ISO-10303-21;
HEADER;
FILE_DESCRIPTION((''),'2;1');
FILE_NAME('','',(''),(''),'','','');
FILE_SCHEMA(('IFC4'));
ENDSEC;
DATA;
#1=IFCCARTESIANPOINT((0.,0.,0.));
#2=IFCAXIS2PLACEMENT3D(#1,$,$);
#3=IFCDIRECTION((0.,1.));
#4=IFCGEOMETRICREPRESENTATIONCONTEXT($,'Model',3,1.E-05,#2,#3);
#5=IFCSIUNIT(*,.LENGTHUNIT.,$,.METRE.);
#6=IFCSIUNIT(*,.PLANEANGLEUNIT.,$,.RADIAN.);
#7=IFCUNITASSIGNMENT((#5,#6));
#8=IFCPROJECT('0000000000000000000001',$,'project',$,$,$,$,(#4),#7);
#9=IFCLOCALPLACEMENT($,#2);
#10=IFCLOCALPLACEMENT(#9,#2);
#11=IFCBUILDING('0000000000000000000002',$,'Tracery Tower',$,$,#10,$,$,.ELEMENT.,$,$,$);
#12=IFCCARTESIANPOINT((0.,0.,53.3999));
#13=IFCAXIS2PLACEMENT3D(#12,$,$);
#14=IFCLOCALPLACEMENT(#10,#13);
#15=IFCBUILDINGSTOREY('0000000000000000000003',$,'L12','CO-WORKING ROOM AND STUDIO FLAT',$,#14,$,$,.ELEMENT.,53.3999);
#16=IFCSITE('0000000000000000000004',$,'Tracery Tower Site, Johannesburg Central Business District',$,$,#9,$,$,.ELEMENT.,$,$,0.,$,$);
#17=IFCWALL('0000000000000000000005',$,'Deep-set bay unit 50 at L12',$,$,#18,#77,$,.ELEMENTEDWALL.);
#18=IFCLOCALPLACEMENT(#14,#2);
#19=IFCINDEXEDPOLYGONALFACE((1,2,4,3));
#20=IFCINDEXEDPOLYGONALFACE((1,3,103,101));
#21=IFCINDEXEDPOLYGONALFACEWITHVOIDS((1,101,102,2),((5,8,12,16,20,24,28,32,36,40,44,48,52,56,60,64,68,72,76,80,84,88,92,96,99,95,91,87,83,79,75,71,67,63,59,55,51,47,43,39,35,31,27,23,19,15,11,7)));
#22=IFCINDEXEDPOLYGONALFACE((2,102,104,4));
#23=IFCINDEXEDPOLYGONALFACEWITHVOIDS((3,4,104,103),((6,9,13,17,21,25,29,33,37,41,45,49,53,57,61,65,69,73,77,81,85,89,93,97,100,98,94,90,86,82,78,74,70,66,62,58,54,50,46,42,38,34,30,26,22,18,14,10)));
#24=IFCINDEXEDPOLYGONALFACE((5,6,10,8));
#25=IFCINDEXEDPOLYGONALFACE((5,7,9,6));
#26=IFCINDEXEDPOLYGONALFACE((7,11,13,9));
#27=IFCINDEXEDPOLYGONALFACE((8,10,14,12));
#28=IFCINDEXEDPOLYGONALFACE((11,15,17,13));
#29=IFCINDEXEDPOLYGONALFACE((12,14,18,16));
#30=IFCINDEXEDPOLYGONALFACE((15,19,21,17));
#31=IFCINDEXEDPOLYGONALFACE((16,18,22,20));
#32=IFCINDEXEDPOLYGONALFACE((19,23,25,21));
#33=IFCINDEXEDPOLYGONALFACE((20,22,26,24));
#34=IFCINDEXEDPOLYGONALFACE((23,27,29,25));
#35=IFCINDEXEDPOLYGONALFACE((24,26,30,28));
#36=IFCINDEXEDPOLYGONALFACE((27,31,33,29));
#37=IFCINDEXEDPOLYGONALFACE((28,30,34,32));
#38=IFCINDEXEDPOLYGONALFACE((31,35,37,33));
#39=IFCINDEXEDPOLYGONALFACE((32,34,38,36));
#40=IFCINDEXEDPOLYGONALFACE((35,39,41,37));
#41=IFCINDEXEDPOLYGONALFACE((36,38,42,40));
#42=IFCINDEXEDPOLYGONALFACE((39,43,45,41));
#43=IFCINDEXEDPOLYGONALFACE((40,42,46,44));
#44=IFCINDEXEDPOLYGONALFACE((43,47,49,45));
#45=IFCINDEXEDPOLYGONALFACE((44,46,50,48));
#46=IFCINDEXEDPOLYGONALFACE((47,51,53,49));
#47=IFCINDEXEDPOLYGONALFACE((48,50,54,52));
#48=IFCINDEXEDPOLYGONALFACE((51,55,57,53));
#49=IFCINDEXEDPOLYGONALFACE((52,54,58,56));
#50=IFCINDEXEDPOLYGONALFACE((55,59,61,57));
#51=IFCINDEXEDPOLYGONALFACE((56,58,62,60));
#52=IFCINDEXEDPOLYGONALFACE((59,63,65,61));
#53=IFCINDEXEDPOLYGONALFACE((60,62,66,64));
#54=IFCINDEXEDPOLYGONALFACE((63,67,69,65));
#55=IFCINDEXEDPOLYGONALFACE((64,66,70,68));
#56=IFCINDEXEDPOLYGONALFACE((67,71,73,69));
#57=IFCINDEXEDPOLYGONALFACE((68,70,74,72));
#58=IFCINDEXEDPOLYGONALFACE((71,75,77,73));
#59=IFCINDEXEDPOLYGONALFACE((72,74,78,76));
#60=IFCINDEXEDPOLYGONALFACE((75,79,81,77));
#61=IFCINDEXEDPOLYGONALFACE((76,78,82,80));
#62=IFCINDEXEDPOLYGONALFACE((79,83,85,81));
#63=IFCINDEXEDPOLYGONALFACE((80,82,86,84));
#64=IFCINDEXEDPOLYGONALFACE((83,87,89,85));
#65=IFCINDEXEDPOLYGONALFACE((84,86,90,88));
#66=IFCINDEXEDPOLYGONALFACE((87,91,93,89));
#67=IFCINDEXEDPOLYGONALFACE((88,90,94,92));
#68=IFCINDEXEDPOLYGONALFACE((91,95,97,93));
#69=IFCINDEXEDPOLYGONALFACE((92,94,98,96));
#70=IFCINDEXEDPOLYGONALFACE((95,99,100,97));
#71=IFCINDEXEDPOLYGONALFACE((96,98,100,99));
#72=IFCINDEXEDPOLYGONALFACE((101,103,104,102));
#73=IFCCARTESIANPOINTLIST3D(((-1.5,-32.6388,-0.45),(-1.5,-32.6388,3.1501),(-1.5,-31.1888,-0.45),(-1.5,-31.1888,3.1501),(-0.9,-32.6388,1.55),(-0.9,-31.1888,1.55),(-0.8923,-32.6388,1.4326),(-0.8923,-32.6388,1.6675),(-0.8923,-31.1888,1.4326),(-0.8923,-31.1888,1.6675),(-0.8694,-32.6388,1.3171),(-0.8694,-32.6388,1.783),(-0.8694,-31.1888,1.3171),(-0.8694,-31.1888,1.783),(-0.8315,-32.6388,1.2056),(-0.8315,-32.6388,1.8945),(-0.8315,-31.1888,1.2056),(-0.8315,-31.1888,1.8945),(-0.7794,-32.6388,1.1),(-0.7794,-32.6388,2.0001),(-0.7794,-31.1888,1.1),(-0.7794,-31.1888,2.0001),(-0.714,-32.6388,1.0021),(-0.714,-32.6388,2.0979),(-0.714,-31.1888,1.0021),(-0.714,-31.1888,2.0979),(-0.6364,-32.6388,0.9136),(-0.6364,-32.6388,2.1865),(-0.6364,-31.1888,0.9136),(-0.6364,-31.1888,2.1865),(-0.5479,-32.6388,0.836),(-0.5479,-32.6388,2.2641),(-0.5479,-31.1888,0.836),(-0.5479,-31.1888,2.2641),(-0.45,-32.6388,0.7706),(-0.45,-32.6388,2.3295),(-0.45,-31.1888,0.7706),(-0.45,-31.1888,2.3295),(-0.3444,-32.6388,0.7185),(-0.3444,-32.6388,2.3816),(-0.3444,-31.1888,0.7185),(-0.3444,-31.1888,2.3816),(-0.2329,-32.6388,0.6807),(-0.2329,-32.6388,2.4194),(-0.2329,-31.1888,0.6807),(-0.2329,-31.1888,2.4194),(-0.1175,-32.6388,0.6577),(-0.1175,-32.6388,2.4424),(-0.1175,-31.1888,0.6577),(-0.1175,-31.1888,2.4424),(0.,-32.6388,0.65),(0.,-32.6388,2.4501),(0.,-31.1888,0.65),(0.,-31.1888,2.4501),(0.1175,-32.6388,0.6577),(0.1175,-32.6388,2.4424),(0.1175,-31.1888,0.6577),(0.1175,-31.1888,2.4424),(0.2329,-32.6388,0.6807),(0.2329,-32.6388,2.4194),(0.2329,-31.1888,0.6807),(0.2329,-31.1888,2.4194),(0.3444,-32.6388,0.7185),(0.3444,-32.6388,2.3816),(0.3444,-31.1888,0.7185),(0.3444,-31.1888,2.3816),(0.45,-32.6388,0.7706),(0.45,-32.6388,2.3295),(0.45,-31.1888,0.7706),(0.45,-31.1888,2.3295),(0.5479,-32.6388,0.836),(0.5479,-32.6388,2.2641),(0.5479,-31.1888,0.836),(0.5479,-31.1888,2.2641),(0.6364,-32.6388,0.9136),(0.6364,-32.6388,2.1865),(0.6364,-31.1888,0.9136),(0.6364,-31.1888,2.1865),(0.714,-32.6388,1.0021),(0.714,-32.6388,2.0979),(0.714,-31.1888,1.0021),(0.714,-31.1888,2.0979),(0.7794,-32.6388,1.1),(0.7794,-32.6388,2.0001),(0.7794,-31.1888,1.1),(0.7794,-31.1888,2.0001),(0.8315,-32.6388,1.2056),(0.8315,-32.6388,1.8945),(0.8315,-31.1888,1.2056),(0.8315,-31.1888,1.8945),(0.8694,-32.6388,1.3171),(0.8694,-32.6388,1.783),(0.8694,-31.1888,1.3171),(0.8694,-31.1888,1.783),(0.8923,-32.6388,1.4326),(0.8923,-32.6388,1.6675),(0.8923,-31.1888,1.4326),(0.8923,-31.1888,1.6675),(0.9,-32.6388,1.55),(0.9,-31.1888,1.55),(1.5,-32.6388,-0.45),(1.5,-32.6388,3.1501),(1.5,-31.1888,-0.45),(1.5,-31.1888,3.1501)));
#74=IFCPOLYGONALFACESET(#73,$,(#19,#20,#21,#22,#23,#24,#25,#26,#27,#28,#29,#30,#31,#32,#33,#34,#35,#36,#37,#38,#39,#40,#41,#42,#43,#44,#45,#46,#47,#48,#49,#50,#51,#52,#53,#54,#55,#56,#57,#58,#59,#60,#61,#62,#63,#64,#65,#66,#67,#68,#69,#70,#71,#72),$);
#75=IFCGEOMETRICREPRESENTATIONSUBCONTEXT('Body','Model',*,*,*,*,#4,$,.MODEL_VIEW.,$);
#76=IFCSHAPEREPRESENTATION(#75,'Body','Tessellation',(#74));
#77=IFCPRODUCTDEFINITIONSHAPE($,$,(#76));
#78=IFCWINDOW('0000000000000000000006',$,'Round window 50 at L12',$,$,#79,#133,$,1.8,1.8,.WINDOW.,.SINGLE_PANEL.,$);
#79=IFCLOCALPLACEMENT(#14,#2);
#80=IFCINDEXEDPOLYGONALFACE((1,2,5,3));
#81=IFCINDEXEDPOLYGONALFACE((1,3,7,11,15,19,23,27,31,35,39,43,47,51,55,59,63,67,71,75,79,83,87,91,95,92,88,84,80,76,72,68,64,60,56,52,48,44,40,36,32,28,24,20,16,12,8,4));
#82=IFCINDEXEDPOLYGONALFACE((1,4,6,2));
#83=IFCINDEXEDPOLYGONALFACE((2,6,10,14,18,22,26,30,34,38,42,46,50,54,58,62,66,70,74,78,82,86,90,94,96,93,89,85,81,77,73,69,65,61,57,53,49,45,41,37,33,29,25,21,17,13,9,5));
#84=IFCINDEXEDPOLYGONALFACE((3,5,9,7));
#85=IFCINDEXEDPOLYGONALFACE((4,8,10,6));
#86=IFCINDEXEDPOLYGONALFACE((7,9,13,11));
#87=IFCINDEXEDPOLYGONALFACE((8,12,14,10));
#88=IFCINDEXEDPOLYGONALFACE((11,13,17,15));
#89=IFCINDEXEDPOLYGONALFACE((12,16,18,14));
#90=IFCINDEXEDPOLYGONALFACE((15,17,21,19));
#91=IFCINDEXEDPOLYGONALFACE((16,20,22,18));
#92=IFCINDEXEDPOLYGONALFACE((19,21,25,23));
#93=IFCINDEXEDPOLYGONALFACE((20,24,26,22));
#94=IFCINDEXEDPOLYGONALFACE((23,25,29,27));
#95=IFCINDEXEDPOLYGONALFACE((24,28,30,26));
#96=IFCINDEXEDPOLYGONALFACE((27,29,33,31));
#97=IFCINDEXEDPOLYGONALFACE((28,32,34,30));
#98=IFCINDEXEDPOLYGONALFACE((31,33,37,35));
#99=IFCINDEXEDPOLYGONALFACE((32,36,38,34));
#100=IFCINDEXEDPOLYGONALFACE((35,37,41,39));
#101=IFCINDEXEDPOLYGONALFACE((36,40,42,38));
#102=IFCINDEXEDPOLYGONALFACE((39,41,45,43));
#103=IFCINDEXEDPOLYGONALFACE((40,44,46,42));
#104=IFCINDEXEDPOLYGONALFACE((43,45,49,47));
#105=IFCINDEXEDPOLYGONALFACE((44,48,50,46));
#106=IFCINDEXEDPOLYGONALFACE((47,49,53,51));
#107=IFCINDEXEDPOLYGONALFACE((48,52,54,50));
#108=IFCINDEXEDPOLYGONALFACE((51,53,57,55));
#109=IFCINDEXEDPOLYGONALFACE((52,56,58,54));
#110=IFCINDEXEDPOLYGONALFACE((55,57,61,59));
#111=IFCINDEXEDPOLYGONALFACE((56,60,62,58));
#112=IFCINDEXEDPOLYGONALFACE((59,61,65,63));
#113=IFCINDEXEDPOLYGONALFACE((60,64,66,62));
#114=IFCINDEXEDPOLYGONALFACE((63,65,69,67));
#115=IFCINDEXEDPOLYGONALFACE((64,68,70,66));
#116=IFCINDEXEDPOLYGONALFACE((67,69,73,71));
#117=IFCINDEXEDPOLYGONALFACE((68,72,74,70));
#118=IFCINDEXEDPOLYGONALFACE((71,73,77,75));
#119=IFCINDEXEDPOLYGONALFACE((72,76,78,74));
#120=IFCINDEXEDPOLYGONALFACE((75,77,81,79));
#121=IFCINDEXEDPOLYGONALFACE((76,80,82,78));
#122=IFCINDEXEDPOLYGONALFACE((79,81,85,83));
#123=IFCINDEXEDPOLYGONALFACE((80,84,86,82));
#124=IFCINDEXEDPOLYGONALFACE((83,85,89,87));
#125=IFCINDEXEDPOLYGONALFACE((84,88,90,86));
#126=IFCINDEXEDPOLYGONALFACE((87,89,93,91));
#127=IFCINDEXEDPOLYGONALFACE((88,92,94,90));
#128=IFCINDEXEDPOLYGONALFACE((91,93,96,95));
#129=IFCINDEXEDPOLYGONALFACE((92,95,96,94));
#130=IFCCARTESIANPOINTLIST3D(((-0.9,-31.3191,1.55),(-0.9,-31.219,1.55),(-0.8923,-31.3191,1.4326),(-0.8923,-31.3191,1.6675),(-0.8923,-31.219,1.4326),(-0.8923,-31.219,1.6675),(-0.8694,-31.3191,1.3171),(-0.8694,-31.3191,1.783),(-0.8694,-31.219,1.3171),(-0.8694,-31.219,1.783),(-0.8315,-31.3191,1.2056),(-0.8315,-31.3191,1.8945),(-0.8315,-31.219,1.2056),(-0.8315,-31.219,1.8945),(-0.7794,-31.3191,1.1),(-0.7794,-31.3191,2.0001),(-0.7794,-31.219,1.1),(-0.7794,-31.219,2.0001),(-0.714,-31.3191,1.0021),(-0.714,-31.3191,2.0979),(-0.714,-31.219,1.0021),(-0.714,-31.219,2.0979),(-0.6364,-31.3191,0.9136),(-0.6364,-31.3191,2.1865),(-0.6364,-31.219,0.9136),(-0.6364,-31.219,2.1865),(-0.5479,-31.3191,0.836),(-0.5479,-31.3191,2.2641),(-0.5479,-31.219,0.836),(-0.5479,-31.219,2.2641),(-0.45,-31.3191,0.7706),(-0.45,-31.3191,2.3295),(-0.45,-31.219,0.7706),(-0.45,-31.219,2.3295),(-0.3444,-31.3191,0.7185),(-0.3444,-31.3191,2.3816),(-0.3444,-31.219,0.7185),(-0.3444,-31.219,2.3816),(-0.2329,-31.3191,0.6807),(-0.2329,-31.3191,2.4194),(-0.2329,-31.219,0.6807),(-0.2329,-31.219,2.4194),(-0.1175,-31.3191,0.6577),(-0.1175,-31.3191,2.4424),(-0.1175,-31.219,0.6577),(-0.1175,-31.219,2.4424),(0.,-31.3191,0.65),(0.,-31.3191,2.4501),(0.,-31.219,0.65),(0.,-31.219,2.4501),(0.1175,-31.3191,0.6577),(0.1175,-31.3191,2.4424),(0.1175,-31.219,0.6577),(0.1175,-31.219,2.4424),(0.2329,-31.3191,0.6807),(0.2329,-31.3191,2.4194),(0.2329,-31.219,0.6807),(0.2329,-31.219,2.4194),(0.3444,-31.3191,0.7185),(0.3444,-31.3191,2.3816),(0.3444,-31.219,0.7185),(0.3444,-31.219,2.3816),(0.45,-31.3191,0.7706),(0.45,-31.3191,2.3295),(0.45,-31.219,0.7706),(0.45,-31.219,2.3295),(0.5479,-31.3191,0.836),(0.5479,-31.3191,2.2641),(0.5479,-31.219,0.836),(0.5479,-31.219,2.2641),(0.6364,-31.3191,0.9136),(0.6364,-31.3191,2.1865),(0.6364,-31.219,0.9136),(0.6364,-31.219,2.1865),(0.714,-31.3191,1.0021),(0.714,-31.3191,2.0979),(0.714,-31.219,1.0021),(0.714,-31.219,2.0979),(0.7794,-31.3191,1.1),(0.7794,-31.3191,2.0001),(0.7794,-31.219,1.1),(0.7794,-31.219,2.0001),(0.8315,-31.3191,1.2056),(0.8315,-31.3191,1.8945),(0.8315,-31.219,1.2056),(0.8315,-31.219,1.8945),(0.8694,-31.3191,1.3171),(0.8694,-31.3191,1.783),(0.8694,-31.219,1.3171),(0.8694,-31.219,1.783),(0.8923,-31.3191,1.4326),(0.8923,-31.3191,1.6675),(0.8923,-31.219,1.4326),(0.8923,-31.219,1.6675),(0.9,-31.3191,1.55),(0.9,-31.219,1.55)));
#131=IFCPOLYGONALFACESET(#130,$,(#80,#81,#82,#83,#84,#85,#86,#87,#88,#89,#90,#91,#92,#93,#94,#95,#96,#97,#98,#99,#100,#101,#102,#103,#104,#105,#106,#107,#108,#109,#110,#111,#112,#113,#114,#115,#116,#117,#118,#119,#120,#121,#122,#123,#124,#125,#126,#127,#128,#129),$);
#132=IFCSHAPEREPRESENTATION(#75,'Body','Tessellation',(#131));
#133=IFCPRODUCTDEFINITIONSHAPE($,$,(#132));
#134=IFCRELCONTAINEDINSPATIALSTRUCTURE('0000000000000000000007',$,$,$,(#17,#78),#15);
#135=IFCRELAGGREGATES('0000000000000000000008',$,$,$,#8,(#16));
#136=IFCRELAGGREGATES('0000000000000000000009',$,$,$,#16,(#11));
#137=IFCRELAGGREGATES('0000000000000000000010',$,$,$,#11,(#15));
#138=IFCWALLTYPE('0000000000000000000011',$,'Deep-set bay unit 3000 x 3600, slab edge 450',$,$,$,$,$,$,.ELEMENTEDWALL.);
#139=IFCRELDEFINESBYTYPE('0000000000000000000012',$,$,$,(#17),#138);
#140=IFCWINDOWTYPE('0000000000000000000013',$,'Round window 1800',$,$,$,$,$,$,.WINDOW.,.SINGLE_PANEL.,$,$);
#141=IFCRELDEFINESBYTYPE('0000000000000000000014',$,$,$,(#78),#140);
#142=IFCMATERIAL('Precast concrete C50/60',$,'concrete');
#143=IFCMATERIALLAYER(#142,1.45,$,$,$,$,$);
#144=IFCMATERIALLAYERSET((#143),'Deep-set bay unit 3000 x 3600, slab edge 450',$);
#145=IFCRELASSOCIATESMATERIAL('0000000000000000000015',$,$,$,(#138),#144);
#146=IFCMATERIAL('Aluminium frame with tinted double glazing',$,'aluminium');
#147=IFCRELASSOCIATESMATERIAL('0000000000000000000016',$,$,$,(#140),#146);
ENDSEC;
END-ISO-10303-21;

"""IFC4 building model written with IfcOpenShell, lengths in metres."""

from ifc_helpers import new_model, si_unit, direction, frame, frame_2d, origin, origin_2d, place, context, subcontext, project, spatial, rectangle, circle, extrude, material, layer, layer_set, type_object, element, fill, save


model = new_model("IFC4")

# Units and contexts
model_context = context("Model", 3, precision=1e-05, world=origin(), true_north=direction((0.0, 1.0)))
body_context = subcontext(model_context, "Body", "Model", "MODEL_VIEW")
ifc_project = project(units=[si_unit("LENGTHUNIT", "METRE"), si_unit("PLANEANGLEUNIT", "RADIAN")], contexts=[model_context])

# Site, building, storey
site_placement = place(None, origin())
site = spatial("IfcSite", under=ifc_project, at=site_placement, Name="Tracery Tower Site, Johannesburg Central Business District", CompositionType="ELEMENT", RefElevation=0.0)
building_placement = place(site_placement, origin())
building = spatial("IfcBuilding", under=site, at=building_placement, Name="Tracery Tower", CompositionType="ELEMENT")
storey_placement = place(building_placement, frame((0.0, 0.0, 53.3999)))
storey = spatial("IfcBuildingStorey", under=building, at=storey_placement, Name="L12", Description="CO-WORKING ROOM AND STUDIO FLAT", CompositionType="ELEMENT", Elevation=53.3999)

# Wall, opening, window
ifc_material_1 = material(Name="Precast concrete C50/60", Category="concrete")
ifc_layer_1 = layer(ifc_material_1, 1.45)
ifc_layer_set_1 = layer_set([ifc_layer_1], Name="Deep-set bay unit 3000 x 3600, slab edge 450")
wall_type_1 = type_object("IfcWallType", Name="Deep-set bay unit 3000 x 3600, slab edge 450", PredefinedType="ELEMENTEDWALL", material=ifc_layer_set_1)
ifc_material_2 = material(Name="Aluminium frame with tinted double glazing", Category="aluminium")
window_type = type_object("IfcWindowType", Name="Round window 1800", PartitioningType="SINGLE_PANEL", PredefinedType="WINDOW", material=ifc_material_2)
wall_1_placement = place(storey_placement, frame((-1.5, -31.9138, -0.45), z_axis=(0.0, 0.0, 1.0), x_axis=(1.0, 0.0, 0.0)))
wall_1 = element("IfcWall", 1, at=wall_1_placement, inside=storey, type_object=wall_type_1, Name="Deep-set bay unit 50 at L12", PredefinedType="ELEMENTEDWALL", context=body_context, shape_type="SweptSolid", body=[
    extrude(rectangle(XDim=3.0, YDim=1.45, at=frame_2d((1.5, 0.0))), origin(), (0.0, 0.0, 1.0), 3.6001),
])
opening_1_placement = place(wall_1_placement, frame((1.5, 0.0, 2.0)))
opening_1 = element("IfcOpeningElement", 2, at=opening_1_placement, cuts=wall_1, PredefinedType="OPENING", context=body_context, shape_type="SweptSolid", body=[
    extrude(circle(Radius=0.9, at=origin_2d()), frame((0.0, 0.7349, 0.0), z_axis=(0.0, -1.0, 0.0), x_axis=(1.0, 0.0, 0.0)), (0.0, 0.0, 1.0), 1.47),
])
window_1_placement = place(opening_1_placement, origin())
window_1 = element("IfcWindow", 3, at=window_1_placement, inside=storey, type_object=window_type, Name="Round window 50 at L12", OverallHeight=1.8, OverallWidth=1.8, PartitioningType="SINGLE_PANEL", PredefinedType="WINDOW", context=body_context, shape_type="SweptSolid", body=[
    extrude(circle(Radius=0.9, at=origin_2d()), frame((0.0, 0.6948, 0.0), z_axis=(0.0, -1.0, 0.0), x_axis=(1.0, 0.0, 0.0)), (0.0, 0.0, 1.0), 0.1001),
])
fill(opening_1, window_1)

save(model, "model.ifc")
